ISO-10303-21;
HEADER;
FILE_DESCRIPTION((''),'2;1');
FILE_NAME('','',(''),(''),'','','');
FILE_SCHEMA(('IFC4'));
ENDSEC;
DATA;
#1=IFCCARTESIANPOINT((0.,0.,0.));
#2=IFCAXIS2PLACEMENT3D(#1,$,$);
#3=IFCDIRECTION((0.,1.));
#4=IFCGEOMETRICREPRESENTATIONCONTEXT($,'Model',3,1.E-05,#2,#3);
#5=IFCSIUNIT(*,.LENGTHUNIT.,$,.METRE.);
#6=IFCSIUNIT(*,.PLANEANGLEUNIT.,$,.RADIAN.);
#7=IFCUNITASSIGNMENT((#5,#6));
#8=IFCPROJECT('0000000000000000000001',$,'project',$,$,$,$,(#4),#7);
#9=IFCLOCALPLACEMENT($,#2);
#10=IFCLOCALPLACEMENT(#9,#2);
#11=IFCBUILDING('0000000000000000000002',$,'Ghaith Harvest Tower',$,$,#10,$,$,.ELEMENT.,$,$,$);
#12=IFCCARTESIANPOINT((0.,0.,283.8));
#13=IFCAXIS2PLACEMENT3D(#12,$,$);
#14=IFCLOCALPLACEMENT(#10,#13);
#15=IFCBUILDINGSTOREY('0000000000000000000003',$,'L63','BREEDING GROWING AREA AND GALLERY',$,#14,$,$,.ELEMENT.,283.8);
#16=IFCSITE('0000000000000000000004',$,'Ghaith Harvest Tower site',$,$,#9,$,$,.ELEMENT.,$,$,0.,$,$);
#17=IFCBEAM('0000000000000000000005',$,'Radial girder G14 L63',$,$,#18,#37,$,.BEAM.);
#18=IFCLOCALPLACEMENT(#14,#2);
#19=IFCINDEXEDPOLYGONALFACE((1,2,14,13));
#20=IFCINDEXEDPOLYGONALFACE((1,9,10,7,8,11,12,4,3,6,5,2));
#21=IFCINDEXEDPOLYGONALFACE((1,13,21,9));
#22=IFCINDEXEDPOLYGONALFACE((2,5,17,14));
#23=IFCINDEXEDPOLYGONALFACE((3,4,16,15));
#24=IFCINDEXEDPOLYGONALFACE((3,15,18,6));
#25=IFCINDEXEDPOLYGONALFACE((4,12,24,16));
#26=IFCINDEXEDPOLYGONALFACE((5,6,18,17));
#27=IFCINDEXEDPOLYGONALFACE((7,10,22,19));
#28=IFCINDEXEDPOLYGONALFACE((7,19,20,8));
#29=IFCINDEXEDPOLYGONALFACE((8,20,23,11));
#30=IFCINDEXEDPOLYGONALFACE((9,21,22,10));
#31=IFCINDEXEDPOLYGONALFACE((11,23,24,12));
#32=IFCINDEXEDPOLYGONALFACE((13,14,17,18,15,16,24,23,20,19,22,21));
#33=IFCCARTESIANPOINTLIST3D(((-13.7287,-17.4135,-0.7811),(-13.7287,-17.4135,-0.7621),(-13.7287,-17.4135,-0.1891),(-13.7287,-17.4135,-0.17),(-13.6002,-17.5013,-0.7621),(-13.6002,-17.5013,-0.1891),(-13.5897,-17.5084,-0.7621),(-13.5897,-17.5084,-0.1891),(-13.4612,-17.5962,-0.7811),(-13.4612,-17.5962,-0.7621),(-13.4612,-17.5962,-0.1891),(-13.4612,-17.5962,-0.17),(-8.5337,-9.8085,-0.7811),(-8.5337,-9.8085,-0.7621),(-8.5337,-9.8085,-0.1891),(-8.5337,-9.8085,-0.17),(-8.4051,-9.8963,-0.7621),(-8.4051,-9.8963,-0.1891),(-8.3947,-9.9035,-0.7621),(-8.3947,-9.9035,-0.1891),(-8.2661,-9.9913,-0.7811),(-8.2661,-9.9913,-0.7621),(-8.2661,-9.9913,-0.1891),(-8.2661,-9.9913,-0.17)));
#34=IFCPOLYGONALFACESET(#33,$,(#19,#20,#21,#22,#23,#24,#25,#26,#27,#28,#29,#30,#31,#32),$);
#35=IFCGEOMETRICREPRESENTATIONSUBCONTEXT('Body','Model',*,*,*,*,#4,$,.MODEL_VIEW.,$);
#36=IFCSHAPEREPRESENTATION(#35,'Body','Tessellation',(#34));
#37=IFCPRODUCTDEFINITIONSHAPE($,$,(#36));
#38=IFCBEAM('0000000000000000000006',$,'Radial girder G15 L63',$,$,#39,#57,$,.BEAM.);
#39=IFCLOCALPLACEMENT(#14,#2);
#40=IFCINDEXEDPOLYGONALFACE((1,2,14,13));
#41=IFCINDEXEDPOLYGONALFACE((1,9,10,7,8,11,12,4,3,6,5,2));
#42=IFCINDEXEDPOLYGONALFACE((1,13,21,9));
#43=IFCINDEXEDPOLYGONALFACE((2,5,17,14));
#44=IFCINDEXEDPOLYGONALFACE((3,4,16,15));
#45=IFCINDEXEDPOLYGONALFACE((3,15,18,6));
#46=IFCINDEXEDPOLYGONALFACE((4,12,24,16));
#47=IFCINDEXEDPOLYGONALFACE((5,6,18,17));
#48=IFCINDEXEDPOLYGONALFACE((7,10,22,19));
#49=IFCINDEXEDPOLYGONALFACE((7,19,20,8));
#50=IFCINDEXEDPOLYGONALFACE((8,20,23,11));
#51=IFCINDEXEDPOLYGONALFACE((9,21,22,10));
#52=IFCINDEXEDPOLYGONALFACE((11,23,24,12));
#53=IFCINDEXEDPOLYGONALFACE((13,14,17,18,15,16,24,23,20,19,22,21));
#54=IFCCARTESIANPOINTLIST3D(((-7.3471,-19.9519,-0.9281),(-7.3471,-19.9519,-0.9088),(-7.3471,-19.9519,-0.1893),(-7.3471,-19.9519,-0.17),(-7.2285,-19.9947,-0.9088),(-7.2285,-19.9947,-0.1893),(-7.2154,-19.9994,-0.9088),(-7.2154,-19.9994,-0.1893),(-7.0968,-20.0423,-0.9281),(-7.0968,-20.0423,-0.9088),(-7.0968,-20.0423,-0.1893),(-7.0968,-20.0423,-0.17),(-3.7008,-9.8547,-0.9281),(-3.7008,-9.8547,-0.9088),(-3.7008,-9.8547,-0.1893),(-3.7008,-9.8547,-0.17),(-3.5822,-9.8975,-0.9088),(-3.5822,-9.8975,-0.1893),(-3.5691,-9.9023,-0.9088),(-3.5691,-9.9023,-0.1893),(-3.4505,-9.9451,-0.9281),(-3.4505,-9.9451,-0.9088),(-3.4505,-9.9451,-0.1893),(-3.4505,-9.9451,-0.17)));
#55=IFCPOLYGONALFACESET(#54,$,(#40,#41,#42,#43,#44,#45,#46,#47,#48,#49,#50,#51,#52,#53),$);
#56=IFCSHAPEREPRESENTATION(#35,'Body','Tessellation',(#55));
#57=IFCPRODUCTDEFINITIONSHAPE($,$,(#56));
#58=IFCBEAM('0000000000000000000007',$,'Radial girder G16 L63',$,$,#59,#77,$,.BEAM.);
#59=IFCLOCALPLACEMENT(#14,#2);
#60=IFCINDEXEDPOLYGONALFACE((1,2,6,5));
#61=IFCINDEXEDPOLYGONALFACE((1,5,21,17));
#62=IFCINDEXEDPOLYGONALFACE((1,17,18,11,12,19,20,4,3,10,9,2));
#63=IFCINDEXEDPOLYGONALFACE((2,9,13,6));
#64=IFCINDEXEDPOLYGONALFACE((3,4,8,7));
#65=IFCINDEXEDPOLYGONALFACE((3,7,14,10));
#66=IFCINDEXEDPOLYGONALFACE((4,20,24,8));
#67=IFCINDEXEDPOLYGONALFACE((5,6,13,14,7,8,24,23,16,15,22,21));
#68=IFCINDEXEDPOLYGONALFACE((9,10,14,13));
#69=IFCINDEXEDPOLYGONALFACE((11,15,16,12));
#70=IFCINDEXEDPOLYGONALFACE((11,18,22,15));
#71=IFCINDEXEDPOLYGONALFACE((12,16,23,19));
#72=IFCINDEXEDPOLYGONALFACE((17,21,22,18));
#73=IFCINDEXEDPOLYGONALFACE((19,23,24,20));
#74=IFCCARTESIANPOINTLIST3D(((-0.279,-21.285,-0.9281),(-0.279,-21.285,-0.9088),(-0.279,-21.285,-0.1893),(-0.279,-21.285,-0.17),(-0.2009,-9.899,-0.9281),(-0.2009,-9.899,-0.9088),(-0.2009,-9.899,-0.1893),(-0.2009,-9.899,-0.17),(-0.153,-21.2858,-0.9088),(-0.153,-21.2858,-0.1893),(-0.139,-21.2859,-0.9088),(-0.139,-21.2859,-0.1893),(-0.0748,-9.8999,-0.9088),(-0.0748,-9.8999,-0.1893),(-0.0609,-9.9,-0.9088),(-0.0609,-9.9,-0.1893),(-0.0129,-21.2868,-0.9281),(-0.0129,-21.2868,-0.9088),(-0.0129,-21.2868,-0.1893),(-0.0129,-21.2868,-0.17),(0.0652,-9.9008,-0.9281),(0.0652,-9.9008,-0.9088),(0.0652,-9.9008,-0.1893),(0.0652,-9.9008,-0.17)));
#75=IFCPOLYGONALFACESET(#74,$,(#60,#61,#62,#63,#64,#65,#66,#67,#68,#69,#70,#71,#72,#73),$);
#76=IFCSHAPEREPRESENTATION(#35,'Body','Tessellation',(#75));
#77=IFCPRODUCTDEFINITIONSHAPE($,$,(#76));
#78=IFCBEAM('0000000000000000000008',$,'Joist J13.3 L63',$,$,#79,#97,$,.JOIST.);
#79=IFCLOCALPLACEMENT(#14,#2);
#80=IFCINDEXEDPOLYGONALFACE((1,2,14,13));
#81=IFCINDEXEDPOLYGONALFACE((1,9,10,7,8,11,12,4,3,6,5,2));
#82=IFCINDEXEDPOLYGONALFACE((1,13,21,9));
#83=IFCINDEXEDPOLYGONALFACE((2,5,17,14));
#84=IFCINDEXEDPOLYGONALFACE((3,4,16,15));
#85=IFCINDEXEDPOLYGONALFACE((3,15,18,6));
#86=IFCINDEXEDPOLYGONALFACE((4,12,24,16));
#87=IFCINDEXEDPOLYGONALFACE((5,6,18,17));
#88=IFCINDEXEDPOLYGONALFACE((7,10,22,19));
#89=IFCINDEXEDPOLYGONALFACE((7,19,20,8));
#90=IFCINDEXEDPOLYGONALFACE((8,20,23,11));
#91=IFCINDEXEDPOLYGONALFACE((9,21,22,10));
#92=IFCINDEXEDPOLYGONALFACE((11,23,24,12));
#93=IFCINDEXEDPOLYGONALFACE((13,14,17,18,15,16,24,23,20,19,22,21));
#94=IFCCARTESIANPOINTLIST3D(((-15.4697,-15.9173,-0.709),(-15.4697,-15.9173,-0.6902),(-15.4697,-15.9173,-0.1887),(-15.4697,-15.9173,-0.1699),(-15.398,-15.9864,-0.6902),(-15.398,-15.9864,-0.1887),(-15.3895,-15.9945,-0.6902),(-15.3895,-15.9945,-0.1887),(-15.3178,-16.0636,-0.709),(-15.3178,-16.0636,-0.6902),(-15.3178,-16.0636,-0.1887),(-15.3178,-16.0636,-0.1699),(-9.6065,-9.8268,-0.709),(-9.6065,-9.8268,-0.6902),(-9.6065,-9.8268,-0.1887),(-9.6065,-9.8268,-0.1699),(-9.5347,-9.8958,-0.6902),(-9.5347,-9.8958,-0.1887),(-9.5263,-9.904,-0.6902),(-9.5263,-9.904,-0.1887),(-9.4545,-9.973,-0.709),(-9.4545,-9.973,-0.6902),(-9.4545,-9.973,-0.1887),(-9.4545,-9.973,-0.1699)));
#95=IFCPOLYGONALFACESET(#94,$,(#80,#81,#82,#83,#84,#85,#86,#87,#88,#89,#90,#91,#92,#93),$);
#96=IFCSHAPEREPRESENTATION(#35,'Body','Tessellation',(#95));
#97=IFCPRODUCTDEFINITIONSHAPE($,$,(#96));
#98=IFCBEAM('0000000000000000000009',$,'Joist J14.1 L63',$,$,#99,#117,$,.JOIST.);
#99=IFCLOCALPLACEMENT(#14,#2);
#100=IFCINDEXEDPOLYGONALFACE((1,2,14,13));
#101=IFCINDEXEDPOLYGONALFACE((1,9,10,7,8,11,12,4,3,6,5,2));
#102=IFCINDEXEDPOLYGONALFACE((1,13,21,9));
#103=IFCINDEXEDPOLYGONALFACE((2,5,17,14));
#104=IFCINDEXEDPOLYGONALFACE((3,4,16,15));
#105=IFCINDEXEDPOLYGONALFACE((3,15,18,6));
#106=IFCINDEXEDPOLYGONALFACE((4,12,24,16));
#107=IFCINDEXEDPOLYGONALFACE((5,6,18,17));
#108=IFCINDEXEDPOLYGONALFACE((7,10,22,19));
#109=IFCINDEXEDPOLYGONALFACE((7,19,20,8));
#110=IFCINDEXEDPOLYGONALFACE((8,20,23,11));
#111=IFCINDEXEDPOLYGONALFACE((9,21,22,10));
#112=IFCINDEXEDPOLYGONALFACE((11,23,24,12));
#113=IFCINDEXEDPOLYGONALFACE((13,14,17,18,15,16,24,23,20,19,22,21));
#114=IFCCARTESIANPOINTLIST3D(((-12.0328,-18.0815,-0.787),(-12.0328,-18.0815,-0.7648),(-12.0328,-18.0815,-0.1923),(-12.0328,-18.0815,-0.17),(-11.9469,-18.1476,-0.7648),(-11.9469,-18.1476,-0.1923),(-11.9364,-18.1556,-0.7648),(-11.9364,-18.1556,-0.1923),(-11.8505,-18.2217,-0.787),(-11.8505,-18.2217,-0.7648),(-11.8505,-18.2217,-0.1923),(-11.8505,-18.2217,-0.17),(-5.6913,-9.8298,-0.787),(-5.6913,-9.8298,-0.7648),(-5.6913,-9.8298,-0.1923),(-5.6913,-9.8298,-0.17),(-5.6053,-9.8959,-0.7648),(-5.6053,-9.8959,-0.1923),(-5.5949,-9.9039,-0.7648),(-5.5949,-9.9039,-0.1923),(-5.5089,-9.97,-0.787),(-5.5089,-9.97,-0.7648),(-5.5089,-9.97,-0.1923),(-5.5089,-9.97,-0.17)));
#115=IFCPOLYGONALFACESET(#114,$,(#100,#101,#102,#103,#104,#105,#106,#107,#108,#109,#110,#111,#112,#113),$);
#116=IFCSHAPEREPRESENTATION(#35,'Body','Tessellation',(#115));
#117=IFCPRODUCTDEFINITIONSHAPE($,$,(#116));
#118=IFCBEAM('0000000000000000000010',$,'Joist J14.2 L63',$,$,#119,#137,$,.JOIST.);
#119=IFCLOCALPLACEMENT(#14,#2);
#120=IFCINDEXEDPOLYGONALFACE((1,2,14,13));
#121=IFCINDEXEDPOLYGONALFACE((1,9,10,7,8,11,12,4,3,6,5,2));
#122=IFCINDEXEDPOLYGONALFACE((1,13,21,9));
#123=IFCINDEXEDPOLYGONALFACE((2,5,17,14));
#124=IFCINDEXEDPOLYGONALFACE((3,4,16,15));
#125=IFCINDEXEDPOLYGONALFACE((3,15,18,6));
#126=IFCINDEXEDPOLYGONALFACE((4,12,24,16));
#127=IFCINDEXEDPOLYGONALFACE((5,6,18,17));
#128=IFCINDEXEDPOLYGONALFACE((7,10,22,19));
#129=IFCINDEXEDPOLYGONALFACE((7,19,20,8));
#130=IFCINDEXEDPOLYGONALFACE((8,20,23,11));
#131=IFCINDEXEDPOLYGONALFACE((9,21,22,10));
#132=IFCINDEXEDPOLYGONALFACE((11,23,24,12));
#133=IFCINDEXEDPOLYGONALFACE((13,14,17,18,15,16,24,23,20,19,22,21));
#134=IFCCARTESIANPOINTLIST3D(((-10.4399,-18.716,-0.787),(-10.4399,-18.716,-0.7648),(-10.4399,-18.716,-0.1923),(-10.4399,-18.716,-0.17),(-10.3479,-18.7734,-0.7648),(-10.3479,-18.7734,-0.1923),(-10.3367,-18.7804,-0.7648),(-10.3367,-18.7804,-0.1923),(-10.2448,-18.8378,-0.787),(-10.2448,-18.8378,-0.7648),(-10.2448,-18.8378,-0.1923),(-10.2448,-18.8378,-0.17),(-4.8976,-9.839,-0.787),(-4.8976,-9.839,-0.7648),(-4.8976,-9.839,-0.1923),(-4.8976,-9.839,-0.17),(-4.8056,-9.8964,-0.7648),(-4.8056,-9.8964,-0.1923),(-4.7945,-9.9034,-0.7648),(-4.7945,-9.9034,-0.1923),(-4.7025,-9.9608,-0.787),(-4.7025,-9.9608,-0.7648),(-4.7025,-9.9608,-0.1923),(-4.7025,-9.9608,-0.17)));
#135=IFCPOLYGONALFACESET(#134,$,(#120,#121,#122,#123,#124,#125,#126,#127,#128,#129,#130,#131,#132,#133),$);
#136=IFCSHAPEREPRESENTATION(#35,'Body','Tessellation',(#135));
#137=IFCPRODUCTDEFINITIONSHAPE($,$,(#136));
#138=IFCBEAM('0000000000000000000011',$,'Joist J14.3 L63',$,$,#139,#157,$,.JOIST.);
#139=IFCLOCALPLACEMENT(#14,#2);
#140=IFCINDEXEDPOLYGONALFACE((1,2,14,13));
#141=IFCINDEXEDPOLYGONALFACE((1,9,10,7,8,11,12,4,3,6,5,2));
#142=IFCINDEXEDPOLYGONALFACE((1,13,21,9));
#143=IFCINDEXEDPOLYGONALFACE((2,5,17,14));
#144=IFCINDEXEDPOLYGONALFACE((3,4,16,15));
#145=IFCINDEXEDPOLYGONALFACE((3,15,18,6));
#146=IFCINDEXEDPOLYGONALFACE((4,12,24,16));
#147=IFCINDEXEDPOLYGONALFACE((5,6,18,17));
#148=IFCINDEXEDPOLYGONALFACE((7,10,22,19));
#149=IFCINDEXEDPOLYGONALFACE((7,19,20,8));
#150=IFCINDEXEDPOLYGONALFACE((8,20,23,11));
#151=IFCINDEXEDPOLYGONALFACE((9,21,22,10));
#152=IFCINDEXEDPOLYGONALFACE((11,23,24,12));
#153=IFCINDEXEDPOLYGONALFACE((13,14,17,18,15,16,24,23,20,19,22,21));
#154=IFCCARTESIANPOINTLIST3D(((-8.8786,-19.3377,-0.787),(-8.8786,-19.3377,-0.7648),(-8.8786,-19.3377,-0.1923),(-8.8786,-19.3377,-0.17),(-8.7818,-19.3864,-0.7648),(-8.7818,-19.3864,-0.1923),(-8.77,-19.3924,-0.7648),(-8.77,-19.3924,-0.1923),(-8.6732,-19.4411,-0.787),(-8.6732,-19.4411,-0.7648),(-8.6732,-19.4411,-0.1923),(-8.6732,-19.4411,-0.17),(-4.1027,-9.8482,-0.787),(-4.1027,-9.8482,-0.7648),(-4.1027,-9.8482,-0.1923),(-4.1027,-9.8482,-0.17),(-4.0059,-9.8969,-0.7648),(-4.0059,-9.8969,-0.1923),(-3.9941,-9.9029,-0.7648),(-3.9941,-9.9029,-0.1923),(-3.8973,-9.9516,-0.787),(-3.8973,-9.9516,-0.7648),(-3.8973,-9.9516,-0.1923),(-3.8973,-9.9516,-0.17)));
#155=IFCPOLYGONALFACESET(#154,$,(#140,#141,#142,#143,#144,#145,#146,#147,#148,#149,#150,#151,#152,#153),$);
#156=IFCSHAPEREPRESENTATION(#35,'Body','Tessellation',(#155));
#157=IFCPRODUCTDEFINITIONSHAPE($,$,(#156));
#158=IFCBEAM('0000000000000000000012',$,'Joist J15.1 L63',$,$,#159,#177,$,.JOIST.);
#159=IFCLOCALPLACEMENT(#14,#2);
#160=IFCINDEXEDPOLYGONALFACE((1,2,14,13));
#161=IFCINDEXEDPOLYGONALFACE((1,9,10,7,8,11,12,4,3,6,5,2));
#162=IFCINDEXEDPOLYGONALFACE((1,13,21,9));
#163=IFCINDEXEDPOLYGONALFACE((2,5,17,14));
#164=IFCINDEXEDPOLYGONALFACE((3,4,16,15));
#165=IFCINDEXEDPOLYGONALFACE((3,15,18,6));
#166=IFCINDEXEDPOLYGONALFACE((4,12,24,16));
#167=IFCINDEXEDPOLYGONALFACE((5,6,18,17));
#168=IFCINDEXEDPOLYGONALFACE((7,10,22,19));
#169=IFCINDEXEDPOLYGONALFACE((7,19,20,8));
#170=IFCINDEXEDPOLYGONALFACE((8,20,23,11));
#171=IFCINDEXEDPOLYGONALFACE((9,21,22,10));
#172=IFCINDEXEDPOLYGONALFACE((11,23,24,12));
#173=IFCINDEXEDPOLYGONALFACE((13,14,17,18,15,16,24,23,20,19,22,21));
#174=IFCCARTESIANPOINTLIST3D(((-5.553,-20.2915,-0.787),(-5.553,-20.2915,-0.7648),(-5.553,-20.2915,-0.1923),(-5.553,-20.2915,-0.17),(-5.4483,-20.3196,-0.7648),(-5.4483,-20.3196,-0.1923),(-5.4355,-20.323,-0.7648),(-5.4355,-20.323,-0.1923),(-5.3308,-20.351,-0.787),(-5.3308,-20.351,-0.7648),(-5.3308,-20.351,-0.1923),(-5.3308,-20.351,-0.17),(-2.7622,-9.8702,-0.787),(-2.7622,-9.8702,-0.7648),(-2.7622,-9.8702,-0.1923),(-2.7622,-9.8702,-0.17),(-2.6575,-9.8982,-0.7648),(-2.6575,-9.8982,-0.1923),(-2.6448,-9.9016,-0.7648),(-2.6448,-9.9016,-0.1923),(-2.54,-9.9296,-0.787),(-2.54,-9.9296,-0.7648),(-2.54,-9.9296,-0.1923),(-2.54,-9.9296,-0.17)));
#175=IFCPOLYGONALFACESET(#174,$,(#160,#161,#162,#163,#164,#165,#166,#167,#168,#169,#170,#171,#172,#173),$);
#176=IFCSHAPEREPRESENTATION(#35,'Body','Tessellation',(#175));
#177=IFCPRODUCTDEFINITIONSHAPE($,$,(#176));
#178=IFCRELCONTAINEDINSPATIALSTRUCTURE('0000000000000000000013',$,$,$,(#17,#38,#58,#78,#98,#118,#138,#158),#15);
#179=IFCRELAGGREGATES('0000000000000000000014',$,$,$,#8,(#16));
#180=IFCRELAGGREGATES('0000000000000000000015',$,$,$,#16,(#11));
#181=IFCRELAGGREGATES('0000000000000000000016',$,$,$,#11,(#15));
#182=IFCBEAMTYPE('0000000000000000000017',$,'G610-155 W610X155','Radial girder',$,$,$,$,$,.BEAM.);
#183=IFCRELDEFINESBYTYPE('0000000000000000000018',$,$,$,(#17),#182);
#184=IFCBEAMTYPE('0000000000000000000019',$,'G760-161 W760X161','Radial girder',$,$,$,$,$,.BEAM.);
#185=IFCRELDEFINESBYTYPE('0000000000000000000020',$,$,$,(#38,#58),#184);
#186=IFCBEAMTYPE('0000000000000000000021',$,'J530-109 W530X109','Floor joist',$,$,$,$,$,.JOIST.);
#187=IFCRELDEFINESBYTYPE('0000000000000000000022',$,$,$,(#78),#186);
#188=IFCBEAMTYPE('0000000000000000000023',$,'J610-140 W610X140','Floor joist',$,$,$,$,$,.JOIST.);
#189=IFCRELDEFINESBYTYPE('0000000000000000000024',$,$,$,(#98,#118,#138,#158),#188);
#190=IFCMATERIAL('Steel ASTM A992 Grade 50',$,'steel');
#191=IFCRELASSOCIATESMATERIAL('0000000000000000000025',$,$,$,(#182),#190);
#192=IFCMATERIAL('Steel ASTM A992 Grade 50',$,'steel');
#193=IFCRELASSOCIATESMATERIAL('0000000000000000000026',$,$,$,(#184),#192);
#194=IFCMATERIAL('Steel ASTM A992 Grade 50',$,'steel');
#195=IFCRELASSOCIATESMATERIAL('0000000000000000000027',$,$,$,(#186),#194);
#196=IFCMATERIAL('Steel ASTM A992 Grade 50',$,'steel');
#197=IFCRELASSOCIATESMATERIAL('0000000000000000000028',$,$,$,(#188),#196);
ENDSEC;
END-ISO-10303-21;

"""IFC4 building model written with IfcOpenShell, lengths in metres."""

from ifc_helpers import new_model, si_unit, direction, frame, origin, origin_2d, place, context, subcontext, project, spatial, i_section, extrude, material, material_profile, profile_set, type_object, element, save


model = new_model("IFC4")

# Units and contexts
model_context = context("Model", 3, precision=1e-05, world=origin(), true_north=direction((0.0, 1.0)))
body_context = subcontext(model_context, "Body", "Model", "MODEL_VIEW")
ifc_project = project(units=[si_unit("LENGTHUNIT", "METRE"), si_unit("PLANEANGLEUNIT", "RADIAN")], contexts=[model_context])

# Site, building, storey
site_placement = place(None, origin())
site = spatial("IfcSite", under=ifc_project, at=site_placement, Name="Ghaith Harvest Tower site", CompositionType="ELEMENT", RefElevation=0.0)
building_placement = place(site_placement, origin())
building = spatial("IfcBuilding", under=site, at=building_placement, Name="Ghaith Harvest Tower", CompositionType="ELEMENT")
storey_placement = place(building_placement, frame((0.0, 0.0, 283.8)))
storey = spatial("IfcBuildingStorey", under=building, at=storey_placement, Name="L63", Description="BREEDING GROWING AREA AND GALLERY", CompositionType="ELEMENT", Elevation=283.8)

# Beams
ifc_material_1 = material(Name="Steel ASTM A992 Grade 50", Category="steel")
ifc_material_profile_1 = material_profile(ifc_material_1, i_section(OverallWidth=0.324, OverallDepth=0.6111, WebThickness=0.0127, FlangeThickness=0.019, at=origin_2d()), Name="W610X155")
ifc_profile_set_1 = profile_set([ifc_material_profile_1], Name="Steel ASTM A992 Grade 50")
beam_type_1 = type_object("IfcBeamType", Name="G610-155 W610X155", Description="Radial girder", PredefinedType="BEAM", material=ifc_profile_set_1)
beam_1_placement = place(storey_placement, frame((-8.3999, -9.8999, -0.4756), z_axis=(-0.564067, -0.825729, 0.0), x_axis=(0.825729, -0.564067, 0.0)))
element("IfcBeam", 1, at=beam_1_placement, inside=storey, type_object=beam_type_1, Name="Radial girder G14 L63", PredefinedType="BEAM", context=body_context, shape_type="SweptSolid", body=[
    extrude(i_section(OverallWidth=0.324, OverallDepth=0.6111, WebThickness=0.0127, FlangeThickness=0.019, at=origin_2d()), origin(), (0.0, 0.0, 1.0), 9.21),
])
ifc_material_2 = material(Name="Steel ASTM A992 Grade 50", Category="steel")
ifc_material_profile_2 = material_profile(ifc_material_2, i_section(OverallWidth=0.2661, OverallDepth=0.7581, WebThickness=0.0139, FlangeThickness=0.0193, at=origin_2d()), Name="W760X161")
ifc_profile_set_2 = profile_set([ifc_material_profile_2], Name="Steel ASTM A992 Grade 50")
beam_type_2 = type_object("IfcBeamType", Name="G760-161 W760X161", Description="Radial girder", PredefinedType="BEAM", material=ifc_profile_set_2)
beam_2_placement = place(storey_placement, frame((-3.5757, -9.8999, -0.5491), z_axis=(-0.339648, -0.940553, 0.0), x_axis=(0.940553, -0.339648, 0.0)))
element("IfcBeam", 2, at=beam_2_placement, inside=storey, type_object=beam_type_2, Name="Radial girder G15 L63", PredefinedType="BEAM", context=body_context, shape_type="SweptSolid", body=[
    extrude(i_section(OverallWidth=0.2661, OverallDepth=0.7581, WebThickness=0.0139, FlangeThickness=0.0193, at=origin_2d()), origin(), (0.0, 0.0, 1.0), 10.7354),
])
beam_3_placement = place(storey_placement, frame((-0.0679, -9.8999, -0.5491), z_axis=(-0.006861, -0.999976, 0.0), x_axis=(0.999976, -0.006861, 0.0)))
element("IfcBeam", 3, at=beam_3_placement, inside=storey, type_object=beam_type_2, Name="Radial girder G16 L63", PredefinedType="BEAM", context=body_context, shape_type="SweptSolid", body=[
    extrude(i_section(OverallWidth=0.2661, OverallDepth=0.7581, WebThickness=0.0139, FlangeThickness=0.0193, at=origin_2d()), origin(), (0.0, 0.0, 1.0), 11.3862),
])
ifc_material_3 = material(Name="Steel ASTM A992 Grade 50", Category="steel")
ifc_material_profile_3 = material_profile(ifc_material_3, i_section(OverallWidth=0.2109, OverallDepth=0.5391, WebThickness=0.0117, FlangeThickness=0.0188, at=origin_2d()), Name="W530X109")
ifc_profile_set_3 = profile_set([ifc_material_profile_3], Name="Steel ASTM A992 Grade 50")
beam_type_3 = type_object("IfcBeamType", Name="J530-109 W530X109", Description="Floor joist", PredefinedType="JOIST", material=ifc_profile_set_3)
beam_4_placement = place(storey_placement, frame((-9.5305, -9.8999, -0.4395), z_axis=(-0.693536, -0.720422, 0.0), x_axis=(0.720422, -0.693536, 0.0)))
element("IfcBeam", 4, at=beam_4_placement, inside=storey, type_object=beam_type_3, Name="Joist J13.3 L63", PredefinedType="JOIST", context=body_context, shape_type="SweptSolid", body=[
    extrude(i_section(OverallWidth=0.2109, OverallDepth=0.5391, WebThickness=0.0117, FlangeThickness=0.0188, at=origin_2d()), origin(), (0.0, 0.0, 1.0), 8.4541),
])
ifc_material_4 = material(Name="Steel ASTM A992 Grade 50", Category="steel")
ifc_material_profile_4 = material_profile(ifc_material_4, i_section(OverallWidth=0.23, OverallDepth=0.6169, WebThickness=0.0132, FlangeThickness=0.0222, at=origin_2d()), Name="W610X140")
ifc_profile_set_4 = profile_set([ifc_material_profile_4], Name="Steel ASTM A992 Grade 50")
beam_type_4 = type_object("IfcBeamType", Name="J610-140 W610X140", Description="Floor joist", PredefinedType="JOIST", material=ifc_profile_set_4)
beam_5_placement = place(storey_placement, frame((-5.6001, -9.8999, -0.4785), z_axis=(-0.609354, -0.792899, 0.0), x_axis=(0.792899, -0.609354, 0.0)))
element("IfcBeam", 5, at=beam_5_placement, inside=storey, type_object=beam_type_4, Name="Joist J14.1 L63", PredefinedType="JOIST", context=body_context, shape_type="SweptSolid", body=[
    extrude(i_section(OverallWidth=0.23, OverallDepth=0.6169, WebThickness=0.0132, FlangeThickness=0.0222, at=origin_2d()), origin(), (0.0, 0.0, 1.0), 10.407),
])
beam_6_placement = place(storey_placement, frame((-4.8, -9.8999, -0.4785), z_axis=(-0.529596, -0.84825, 0.0), x_axis=(0.84825, -0.529596, 0.0)))
element("IfcBeam", 6, at=beam_6_placement, inside=storey, type_object=beam_type_4, Name="Joist J14.2 L63", PredefinedType="JOIST", context=body_context, shape_type="SweptSolid", body=[
    extrude(i_section(OverallWidth=0.23, OverallDepth=0.6169, WebThickness=0.0132, FlangeThickness=0.0222, at=origin_2d()), origin(), (0.0, 0.0, 1.0), 10.4651),
])
beam_7_placement = place(storey_placement, frame((-4.0, -9.8999, -0.4785), z_axis=(-0.449556, -0.893252, 0.0), x_axis=(0.893252, -0.449556, 0.0)))
element("IfcBeam", 7, at=beam_7_placement, inside=storey, type_object=beam_type_4, Name="Joist J14.3 L63", PredefinedType="JOIST", context=body_context, shape_type="SweptSolid", body=[
    extrude(i_section(OverallWidth=0.23, OverallDepth=0.6169, WebThickness=0.0132, FlangeThickness=0.0222, at=origin_2d()), origin(), (0.0, 0.0, 1.0), 10.6235),
])
beam_8_placement = place(storey_placement, frame((-2.6511, -9.8999, -0.4785), z_axis=(-0.258678, -0.965964, 0.0), x_axis=(0.965964, -0.258678, 0.0)))
element("IfcBeam", 8, at=beam_8_placement, inside=storey, type_object=beam_type_4, Name="Joist J15.1 L63", PredefinedType="JOIST", context=body_context, shape_type="SweptSolid", body=[
    extrude(i_section(OverallWidth=0.23, OverallDepth=0.6169, WebThickness=0.0132, FlangeThickness=0.0222, at=origin_2d()), origin(), (0.0, 0.0, 1.0), 10.7886),
])

save(model, "model.ifc")
